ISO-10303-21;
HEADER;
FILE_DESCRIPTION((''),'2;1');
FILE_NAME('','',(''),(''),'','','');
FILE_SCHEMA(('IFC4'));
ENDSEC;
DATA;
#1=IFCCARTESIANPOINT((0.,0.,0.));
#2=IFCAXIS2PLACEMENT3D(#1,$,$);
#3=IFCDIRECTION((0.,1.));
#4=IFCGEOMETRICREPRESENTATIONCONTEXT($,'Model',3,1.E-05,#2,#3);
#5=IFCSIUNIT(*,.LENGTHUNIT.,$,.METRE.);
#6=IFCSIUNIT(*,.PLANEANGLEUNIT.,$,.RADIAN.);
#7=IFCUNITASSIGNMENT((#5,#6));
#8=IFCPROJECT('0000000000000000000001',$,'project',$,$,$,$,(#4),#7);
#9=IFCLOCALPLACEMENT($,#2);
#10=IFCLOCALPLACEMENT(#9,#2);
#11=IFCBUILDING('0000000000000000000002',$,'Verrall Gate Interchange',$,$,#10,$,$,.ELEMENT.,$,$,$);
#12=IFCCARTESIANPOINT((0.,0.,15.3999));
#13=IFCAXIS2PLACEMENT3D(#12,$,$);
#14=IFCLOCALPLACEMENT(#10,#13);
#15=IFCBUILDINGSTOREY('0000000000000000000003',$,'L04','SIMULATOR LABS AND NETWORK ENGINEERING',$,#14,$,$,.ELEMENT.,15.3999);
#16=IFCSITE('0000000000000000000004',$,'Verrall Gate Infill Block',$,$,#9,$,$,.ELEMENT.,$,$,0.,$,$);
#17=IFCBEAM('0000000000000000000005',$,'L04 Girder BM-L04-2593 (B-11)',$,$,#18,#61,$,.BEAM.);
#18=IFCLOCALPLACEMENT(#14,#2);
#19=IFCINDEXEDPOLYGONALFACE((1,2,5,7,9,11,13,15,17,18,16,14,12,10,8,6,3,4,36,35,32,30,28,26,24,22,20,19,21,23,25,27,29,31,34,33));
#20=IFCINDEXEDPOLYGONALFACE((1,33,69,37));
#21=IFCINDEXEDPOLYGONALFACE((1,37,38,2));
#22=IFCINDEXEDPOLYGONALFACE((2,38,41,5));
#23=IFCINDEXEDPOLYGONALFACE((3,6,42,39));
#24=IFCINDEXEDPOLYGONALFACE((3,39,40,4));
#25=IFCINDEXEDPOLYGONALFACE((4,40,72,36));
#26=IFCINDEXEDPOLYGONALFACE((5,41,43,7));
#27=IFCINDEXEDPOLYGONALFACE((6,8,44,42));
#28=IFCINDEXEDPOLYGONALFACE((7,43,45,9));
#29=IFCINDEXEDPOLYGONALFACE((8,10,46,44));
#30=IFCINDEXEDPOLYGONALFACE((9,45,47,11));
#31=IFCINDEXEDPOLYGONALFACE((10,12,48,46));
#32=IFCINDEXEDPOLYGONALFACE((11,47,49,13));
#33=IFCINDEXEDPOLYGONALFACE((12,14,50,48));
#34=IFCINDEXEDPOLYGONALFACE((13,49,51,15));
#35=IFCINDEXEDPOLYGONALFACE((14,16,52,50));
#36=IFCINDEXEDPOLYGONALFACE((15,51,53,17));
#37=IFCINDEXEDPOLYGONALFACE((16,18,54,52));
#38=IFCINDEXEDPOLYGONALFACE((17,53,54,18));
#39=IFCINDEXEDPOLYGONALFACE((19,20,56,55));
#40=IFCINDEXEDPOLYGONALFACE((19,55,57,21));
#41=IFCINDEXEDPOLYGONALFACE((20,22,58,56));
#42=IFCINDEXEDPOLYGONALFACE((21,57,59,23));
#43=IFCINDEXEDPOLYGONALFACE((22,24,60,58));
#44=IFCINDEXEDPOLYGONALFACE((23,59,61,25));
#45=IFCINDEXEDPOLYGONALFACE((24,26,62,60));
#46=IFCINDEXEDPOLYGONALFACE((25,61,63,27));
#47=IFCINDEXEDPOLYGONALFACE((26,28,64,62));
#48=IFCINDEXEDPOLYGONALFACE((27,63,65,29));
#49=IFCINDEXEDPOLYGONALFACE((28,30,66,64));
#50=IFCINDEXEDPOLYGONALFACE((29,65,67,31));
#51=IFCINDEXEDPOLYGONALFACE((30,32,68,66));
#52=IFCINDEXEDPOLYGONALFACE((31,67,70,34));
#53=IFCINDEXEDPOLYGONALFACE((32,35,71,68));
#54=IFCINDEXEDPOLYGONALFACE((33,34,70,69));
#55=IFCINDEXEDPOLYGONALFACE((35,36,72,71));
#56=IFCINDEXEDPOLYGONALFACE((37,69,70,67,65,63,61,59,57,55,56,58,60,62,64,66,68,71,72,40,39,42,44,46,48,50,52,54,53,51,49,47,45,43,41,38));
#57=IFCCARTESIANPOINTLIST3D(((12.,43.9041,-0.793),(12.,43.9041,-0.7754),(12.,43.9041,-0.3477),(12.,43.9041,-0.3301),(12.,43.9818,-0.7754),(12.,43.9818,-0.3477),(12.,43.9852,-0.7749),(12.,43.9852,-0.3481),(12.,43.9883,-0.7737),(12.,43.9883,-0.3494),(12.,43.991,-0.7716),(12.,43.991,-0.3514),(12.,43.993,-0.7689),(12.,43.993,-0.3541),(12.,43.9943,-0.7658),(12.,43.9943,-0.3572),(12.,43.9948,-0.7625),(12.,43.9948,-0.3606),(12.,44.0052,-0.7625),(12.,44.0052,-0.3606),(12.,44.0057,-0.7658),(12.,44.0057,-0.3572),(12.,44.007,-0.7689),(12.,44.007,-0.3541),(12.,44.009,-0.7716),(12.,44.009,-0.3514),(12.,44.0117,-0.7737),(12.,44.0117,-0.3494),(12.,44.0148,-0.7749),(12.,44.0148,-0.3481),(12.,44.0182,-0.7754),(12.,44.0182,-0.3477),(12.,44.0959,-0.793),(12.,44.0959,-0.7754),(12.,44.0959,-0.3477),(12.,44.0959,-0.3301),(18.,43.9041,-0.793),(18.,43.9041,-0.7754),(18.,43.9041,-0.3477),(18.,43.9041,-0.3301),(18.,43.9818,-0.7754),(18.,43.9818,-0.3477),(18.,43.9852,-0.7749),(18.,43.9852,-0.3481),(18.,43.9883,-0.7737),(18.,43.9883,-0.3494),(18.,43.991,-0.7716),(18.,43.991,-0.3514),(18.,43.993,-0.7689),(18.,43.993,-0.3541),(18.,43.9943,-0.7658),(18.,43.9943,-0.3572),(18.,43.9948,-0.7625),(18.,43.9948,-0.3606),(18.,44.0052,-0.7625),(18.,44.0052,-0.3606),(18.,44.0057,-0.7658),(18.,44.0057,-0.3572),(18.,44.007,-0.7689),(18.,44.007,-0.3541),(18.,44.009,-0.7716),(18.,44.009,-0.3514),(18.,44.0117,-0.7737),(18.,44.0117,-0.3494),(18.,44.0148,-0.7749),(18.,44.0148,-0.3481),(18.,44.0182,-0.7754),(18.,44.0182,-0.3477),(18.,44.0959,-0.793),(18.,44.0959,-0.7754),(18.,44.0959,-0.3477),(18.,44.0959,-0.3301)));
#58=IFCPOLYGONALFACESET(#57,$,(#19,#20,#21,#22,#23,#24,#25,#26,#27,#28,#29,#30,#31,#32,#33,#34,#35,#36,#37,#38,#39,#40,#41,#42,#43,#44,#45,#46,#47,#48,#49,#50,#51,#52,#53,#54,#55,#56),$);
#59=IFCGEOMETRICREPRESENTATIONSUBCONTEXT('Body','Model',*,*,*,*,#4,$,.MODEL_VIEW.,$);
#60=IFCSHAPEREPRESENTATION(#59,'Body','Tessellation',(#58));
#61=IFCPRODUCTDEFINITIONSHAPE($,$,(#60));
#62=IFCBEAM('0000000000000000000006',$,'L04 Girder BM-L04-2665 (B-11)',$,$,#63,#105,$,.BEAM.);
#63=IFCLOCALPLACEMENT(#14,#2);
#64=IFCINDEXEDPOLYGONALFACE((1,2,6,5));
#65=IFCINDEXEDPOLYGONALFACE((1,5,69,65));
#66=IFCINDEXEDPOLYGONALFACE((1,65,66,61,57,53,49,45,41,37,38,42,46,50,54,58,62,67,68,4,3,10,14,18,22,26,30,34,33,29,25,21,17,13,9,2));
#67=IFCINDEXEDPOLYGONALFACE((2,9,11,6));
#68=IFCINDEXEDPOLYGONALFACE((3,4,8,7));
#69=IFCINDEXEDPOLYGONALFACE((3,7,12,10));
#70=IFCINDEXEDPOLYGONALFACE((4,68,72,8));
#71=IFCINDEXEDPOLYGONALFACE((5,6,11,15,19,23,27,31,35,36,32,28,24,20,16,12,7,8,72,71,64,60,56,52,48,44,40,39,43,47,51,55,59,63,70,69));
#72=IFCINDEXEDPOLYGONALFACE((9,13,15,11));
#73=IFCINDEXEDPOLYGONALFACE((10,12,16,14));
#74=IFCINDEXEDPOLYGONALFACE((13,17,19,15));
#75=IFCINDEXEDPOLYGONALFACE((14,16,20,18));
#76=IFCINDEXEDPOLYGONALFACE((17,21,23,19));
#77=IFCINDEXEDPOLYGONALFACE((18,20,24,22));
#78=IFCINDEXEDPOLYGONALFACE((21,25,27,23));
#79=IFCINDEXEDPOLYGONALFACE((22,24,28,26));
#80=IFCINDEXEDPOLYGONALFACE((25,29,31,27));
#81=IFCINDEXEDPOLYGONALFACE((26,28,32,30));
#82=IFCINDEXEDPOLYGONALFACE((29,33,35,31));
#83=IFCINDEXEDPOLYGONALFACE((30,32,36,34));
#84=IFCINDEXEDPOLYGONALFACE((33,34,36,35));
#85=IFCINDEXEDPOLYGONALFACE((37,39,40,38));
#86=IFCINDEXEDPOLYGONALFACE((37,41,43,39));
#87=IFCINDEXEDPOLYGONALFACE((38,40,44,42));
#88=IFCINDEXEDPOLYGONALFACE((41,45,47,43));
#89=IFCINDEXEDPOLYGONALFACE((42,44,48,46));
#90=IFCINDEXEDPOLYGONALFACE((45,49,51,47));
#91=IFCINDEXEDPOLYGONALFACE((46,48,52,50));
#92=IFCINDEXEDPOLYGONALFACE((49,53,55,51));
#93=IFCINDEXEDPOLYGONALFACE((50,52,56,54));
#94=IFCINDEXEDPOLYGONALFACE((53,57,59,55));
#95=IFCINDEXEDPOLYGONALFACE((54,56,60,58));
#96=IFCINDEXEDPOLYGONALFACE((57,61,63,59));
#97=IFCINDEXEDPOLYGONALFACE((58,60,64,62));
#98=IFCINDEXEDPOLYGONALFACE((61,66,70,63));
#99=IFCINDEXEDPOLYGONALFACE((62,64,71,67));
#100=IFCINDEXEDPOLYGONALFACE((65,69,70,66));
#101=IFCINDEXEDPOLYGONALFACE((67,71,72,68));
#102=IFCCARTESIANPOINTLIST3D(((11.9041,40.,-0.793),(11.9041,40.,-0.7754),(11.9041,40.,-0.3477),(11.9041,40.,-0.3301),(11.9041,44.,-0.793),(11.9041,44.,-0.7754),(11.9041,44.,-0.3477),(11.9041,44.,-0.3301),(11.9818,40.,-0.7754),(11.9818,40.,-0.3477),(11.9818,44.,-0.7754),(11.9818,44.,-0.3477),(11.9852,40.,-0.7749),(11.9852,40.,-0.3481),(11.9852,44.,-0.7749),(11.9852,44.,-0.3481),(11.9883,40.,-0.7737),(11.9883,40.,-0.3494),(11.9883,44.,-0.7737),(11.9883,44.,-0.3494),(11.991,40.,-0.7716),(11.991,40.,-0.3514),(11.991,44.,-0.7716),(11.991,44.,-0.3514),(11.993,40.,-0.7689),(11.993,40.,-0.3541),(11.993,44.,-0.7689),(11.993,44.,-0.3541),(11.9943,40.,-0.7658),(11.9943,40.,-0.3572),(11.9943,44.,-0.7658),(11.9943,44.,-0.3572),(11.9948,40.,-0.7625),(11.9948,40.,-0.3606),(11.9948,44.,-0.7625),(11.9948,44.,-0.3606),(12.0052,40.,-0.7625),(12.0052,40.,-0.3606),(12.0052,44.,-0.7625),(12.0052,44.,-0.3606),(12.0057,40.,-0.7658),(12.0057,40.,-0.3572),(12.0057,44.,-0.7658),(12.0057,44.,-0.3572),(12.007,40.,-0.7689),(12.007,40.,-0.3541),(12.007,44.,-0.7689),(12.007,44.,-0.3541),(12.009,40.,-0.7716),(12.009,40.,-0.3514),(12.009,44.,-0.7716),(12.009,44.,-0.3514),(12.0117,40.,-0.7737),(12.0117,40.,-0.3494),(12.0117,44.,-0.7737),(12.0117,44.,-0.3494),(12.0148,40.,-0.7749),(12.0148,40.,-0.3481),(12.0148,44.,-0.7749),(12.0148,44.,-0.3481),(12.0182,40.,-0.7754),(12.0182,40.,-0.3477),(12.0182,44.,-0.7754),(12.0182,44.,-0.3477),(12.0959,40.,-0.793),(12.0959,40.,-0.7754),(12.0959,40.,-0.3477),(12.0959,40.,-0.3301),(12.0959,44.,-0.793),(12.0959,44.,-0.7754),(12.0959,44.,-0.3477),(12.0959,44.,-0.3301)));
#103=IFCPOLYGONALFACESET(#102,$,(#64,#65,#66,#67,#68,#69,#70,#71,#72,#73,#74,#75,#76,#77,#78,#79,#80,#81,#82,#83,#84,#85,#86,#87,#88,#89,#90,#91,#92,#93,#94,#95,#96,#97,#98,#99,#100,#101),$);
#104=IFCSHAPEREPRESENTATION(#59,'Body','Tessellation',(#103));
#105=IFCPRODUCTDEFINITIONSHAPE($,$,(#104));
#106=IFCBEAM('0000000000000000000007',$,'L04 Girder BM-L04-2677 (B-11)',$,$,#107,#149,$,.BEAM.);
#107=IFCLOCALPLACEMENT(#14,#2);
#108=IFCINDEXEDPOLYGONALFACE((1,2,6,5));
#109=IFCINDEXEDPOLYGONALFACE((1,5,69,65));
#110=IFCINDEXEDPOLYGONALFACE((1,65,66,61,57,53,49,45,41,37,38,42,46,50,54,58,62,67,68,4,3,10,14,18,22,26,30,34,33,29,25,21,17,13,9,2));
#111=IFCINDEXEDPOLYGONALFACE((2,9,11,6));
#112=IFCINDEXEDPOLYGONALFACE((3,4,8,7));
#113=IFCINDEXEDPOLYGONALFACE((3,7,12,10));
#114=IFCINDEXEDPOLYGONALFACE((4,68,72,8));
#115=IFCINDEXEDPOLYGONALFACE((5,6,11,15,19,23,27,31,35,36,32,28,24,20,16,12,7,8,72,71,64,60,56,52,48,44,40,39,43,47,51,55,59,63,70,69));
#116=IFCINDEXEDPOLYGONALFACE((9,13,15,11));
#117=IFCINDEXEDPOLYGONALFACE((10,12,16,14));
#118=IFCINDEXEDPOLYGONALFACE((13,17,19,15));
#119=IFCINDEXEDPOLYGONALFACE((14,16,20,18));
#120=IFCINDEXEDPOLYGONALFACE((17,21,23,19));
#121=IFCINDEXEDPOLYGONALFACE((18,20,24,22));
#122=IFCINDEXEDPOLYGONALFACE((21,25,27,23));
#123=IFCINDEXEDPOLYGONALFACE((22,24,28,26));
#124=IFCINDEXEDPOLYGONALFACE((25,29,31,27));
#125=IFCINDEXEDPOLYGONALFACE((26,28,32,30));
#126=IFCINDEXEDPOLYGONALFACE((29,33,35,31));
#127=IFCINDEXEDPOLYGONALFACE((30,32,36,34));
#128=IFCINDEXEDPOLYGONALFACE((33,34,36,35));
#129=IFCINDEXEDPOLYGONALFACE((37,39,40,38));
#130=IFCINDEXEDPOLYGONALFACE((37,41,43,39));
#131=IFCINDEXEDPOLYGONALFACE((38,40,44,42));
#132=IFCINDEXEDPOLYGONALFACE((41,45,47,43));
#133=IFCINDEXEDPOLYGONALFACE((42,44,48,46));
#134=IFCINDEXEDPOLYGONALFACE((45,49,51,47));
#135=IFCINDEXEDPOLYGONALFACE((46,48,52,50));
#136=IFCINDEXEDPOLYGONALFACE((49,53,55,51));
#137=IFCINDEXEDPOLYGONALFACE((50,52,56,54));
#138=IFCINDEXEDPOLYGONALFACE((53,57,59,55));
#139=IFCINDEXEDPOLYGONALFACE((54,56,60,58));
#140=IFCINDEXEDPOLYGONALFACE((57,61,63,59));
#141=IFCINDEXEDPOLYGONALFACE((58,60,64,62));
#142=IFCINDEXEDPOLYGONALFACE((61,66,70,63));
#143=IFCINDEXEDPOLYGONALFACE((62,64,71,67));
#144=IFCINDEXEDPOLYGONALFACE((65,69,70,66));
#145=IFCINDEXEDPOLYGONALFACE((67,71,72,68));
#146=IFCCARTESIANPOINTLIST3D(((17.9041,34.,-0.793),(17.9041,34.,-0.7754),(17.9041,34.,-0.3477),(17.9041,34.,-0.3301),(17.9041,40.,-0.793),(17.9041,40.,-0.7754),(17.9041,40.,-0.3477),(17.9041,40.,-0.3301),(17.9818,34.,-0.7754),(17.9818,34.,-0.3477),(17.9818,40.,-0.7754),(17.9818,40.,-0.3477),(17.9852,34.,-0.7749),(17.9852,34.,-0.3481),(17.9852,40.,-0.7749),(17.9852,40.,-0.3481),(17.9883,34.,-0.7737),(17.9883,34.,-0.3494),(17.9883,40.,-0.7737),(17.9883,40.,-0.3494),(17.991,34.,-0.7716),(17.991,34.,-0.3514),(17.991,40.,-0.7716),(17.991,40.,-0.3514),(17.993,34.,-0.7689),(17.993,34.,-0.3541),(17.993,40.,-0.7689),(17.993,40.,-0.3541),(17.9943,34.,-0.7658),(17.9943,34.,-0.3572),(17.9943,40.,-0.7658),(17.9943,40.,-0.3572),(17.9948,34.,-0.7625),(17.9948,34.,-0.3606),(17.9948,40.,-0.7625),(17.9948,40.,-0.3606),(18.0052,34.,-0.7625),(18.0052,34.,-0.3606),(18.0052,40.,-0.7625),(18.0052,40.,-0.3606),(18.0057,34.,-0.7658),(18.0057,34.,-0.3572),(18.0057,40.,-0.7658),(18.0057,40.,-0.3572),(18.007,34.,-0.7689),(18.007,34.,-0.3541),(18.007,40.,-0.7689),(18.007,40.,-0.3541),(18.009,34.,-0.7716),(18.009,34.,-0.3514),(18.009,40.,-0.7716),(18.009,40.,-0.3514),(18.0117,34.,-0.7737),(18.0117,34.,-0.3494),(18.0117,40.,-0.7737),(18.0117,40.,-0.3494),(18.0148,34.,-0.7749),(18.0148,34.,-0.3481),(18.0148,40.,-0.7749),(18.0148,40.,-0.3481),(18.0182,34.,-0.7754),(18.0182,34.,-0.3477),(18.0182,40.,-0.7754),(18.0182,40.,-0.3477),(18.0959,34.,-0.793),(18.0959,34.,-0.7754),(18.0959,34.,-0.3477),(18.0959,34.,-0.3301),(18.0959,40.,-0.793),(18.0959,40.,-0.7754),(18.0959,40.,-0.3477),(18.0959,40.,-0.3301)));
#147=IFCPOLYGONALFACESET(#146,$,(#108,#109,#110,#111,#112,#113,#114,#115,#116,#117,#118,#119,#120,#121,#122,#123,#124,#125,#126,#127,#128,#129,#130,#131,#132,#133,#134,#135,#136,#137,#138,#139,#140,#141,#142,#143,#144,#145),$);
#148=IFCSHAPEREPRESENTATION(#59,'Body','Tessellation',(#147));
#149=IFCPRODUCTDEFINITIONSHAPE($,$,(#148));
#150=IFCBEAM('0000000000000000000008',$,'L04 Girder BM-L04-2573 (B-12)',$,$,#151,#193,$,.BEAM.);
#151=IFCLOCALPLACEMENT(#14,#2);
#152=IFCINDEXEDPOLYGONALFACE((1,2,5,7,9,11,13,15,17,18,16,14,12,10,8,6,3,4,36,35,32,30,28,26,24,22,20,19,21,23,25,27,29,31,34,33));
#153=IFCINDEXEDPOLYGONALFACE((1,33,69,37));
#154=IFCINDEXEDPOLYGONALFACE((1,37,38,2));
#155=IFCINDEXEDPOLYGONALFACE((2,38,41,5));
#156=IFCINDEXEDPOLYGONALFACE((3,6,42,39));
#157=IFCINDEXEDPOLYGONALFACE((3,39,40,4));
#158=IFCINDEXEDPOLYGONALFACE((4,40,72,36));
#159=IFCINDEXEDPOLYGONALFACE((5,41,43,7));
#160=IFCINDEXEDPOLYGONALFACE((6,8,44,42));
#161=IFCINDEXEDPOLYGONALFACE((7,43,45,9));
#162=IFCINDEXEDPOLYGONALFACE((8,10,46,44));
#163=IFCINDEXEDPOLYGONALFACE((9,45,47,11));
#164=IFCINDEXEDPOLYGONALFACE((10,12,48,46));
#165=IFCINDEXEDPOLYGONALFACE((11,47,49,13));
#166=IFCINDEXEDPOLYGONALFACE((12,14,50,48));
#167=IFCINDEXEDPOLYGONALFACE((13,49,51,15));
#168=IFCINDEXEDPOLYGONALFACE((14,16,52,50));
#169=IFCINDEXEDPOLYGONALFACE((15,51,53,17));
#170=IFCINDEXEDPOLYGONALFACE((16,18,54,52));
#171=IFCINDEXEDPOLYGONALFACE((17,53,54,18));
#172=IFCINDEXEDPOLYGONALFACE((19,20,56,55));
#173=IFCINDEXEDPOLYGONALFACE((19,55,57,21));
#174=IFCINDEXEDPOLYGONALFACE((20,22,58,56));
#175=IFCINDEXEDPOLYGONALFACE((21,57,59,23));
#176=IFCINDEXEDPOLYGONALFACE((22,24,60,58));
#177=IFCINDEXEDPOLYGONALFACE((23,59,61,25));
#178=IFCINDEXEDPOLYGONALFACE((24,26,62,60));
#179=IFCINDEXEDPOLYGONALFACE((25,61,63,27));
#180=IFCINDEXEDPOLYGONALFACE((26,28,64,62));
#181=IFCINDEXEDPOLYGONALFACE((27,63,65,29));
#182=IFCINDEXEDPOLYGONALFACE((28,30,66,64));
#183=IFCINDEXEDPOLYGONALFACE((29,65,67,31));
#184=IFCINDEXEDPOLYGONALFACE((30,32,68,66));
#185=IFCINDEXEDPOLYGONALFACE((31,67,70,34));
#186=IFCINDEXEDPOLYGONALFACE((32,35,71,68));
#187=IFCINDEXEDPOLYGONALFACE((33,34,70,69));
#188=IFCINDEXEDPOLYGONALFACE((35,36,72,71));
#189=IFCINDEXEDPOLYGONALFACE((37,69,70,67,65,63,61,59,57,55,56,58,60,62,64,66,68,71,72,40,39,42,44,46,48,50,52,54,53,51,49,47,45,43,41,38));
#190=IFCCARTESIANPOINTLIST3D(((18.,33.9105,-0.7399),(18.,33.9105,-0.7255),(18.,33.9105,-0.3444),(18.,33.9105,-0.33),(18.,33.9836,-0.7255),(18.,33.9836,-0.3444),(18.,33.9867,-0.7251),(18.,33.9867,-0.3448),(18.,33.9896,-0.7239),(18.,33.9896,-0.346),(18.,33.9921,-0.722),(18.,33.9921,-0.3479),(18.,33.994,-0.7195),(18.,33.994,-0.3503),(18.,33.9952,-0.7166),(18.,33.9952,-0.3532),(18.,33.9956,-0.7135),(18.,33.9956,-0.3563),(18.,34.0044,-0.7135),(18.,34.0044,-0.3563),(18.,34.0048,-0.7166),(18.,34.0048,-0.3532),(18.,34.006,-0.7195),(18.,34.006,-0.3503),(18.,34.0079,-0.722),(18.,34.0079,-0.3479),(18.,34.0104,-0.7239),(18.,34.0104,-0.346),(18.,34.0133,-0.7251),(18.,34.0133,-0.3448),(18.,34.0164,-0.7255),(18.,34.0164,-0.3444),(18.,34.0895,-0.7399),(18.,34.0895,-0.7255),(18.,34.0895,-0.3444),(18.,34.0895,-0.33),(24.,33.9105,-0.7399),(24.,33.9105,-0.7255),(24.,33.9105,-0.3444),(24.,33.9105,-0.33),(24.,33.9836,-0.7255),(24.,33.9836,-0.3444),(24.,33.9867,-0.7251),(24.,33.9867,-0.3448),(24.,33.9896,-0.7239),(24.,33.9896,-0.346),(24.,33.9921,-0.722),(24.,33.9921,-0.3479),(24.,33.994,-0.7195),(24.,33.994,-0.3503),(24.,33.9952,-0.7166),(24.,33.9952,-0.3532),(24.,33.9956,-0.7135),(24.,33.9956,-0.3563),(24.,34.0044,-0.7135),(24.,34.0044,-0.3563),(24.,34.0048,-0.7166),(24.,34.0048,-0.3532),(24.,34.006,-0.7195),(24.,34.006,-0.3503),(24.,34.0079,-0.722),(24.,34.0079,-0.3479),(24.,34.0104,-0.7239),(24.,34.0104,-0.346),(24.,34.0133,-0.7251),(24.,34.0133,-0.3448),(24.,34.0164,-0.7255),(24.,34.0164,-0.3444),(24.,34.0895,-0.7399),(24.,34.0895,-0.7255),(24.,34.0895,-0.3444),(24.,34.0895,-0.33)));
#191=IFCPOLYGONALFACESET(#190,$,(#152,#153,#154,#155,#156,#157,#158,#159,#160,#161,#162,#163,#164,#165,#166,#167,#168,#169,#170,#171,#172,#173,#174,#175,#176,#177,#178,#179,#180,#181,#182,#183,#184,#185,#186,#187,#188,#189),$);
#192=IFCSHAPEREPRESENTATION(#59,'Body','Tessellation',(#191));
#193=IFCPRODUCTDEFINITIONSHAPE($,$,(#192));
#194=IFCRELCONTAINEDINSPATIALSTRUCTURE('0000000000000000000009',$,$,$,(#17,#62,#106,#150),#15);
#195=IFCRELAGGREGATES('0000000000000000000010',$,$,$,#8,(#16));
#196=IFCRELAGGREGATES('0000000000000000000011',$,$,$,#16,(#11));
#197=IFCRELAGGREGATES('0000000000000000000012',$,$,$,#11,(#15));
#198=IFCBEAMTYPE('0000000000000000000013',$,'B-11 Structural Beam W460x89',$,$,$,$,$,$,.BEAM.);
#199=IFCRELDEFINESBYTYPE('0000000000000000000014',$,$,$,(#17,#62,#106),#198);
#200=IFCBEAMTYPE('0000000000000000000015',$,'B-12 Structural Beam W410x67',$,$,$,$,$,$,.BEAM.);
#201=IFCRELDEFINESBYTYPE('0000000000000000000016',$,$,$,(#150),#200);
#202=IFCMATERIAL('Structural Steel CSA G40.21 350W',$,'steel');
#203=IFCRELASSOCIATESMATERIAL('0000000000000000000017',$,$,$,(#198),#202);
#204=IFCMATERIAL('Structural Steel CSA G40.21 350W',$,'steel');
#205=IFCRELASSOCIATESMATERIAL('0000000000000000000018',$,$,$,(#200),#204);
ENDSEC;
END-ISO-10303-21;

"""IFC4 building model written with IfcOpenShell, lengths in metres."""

from ifc_helpers import new_model, si_unit, direction, frame, origin, origin_2d, place, context, subcontext, project, spatial, i_section, extrude, material, material_profile, profile_set, type_object, element, save


model = new_model("IFC4")

# Units and contexts
model_context = context("Model", 3, precision=1e-05, world=origin(), true_north=direction((0.0, 1.0)))
body_context = subcontext(model_context, "Body", "Model", "MODEL_VIEW")
ifc_project = project(units=[si_unit("LENGTHUNIT", "METRE"), si_unit("PLANEANGLEUNIT", "RADIAN")], contexts=[model_context])

# Site, building, storey
site_placement = place(None, origin())
site = spatial("IfcSite", under=ifc_project, at=site_placement, Name="Verrall Gate Infill Block", CompositionType="ELEMENT", RefElevation=0.0)
building_placement = place(site_placement, origin())
building = spatial("IfcBuilding", under=site, at=building_placement, Name="Verrall Gate Interchange", CompositionType="ELEMENT")
storey_placement = place(building_placement, frame((0.0, 0.0, 15.3999)))
storey = spatial("IfcBuildingStorey", under=building, at=storey_placement, Name="L04", Description="SIMULATOR LABS AND NETWORK ENGINEERING", CompositionType="ELEMENT", Elevation=15.3999)

# Beams
ifc_material_1 = material(Name="Structural Steel CSA G40.21 350W", Category="steel")
ifc_material_profile_1 = material_profile(ifc_material_1, i_section(OverallWidth=0.1919, OverallDepth=0.4629, WebThickness=0.0105, FlangeThickness=0.0176, FilletRadius=0.0129, at=origin_2d()), Name="W460x89")
ifc_profile_set_1 = profile_set([ifc_material_profile_1], Name="Structural Steel CSA G40.21 350W")
beam_type_1 = type_object("IfcBeamType", Name="B-11 Structural Beam W460x89", PredefinedType="BEAM", material=ifc_profile_set_1)
beam_1_placement = place(storey_placement, frame((12.0, 44.0, -0.5615), z_axis=(1.0, 0.0, 0.0), x_axis=(0.0, 1.0, 0.0)))
element("IfcBeam", 1, at=beam_1_placement, inside=storey, type_object=beam_type_1, Name="L04 Girder BM-L04-2593 (B-11)", PredefinedType="BEAM", context=body_context, shape_type="SweptSolid", body=[
    extrude(i_section(OverallWidth=0.1919, OverallDepth=0.4629, WebThickness=0.0105, FlangeThickness=0.0176, FilletRadius=0.0129, at=origin_2d()), origin(), (0.0, 0.0, 1.0), 6.0),
])
beam_2_placement = place(storey_placement, frame((12.0, 40.0, -0.5615), z_axis=(0.0, 1.0, 0.0), x_axis=(-1.0, 0.0, 0.0)))
element("IfcBeam", 2, at=beam_2_placement, inside=storey, type_object=beam_type_1, Name="L04 Girder BM-L04-2665 (B-11)", PredefinedType="BEAM", context=body_context, shape_type="SweptSolid", body=[
    extrude(i_section(OverallWidth=0.1919, OverallDepth=0.4629, WebThickness=0.0105, FlangeThickness=0.0176, FilletRadius=0.0129, at=origin_2d()), origin(), (0.0, 0.0, 1.0), 4.0),
])
beam_3_placement = place(storey_placement, frame((18.0, 34.0, -0.5615), z_axis=(0.0, 1.0, 0.0), x_axis=(-1.0, 0.0, 0.0)))
element("IfcBeam", 3, at=beam_3_placement, inside=storey, type_object=beam_type_1, Name="L04 Girder BM-L04-2677 (B-11)", PredefinedType="BEAM", context=body_context, shape_type="SweptSolid", body=[
    extrude(i_section(OverallWidth=0.1919, OverallDepth=0.4629, WebThickness=0.0105, FlangeThickness=0.0176, FilletRadius=0.0129, at=origin_2d()), origin(), (0.0, 0.0, 1.0), 6.0),
])
ifc_material_2 = material(Name="Structural Steel CSA G40.21 350W", Category="steel")
ifc_material_profile_2 = material_profile(ifc_material_2, i_section(OverallWidth=0.179, OverallDepth=0.4099, WebThickness=0.0088, FlangeThickness=0.0144, FilletRadius=0.012, at=origin_2d()), Name="W410x67")
ifc_profile_set_2 = profile_set([ifc_material_profile_2], Name="Structural Steel CSA G40.21 350W")
beam_type_2 = type_object("IfcBeamType", Name="B-12 Structural Beam W410x67", PredefinedType="BEAM", material=ifc_profile_set_2)
for number, where, z_axis, x_axis, name in (
    (4, (18.0, 34.0, -0.5349), (1.0, 0.0, 0.0), (0.0, 1.0, 0.0), "L04 Girder BM-L04-2573 (B-12)"),
):
    element("IfcBeam", number, at=place(storey_placement, frame(where, z_axis=z_axis, x_axis=x_axis)), inside=storey, type_object=beam_type_2, Name=name, PredefinedType="BEAM", context=body_context, shape_type="SweptSolid", body=[
        extrude(i_section(OverallWidth=0.179, OverallDepth=0.4099, WebThickness=0.0088, FlangeThickness=0.0144, FilletRadius=0.012, at=origin_2d()), origin(), (0.0, 0.0, 1.0), 6.0),
    ])

save(model, "model.ifc")
